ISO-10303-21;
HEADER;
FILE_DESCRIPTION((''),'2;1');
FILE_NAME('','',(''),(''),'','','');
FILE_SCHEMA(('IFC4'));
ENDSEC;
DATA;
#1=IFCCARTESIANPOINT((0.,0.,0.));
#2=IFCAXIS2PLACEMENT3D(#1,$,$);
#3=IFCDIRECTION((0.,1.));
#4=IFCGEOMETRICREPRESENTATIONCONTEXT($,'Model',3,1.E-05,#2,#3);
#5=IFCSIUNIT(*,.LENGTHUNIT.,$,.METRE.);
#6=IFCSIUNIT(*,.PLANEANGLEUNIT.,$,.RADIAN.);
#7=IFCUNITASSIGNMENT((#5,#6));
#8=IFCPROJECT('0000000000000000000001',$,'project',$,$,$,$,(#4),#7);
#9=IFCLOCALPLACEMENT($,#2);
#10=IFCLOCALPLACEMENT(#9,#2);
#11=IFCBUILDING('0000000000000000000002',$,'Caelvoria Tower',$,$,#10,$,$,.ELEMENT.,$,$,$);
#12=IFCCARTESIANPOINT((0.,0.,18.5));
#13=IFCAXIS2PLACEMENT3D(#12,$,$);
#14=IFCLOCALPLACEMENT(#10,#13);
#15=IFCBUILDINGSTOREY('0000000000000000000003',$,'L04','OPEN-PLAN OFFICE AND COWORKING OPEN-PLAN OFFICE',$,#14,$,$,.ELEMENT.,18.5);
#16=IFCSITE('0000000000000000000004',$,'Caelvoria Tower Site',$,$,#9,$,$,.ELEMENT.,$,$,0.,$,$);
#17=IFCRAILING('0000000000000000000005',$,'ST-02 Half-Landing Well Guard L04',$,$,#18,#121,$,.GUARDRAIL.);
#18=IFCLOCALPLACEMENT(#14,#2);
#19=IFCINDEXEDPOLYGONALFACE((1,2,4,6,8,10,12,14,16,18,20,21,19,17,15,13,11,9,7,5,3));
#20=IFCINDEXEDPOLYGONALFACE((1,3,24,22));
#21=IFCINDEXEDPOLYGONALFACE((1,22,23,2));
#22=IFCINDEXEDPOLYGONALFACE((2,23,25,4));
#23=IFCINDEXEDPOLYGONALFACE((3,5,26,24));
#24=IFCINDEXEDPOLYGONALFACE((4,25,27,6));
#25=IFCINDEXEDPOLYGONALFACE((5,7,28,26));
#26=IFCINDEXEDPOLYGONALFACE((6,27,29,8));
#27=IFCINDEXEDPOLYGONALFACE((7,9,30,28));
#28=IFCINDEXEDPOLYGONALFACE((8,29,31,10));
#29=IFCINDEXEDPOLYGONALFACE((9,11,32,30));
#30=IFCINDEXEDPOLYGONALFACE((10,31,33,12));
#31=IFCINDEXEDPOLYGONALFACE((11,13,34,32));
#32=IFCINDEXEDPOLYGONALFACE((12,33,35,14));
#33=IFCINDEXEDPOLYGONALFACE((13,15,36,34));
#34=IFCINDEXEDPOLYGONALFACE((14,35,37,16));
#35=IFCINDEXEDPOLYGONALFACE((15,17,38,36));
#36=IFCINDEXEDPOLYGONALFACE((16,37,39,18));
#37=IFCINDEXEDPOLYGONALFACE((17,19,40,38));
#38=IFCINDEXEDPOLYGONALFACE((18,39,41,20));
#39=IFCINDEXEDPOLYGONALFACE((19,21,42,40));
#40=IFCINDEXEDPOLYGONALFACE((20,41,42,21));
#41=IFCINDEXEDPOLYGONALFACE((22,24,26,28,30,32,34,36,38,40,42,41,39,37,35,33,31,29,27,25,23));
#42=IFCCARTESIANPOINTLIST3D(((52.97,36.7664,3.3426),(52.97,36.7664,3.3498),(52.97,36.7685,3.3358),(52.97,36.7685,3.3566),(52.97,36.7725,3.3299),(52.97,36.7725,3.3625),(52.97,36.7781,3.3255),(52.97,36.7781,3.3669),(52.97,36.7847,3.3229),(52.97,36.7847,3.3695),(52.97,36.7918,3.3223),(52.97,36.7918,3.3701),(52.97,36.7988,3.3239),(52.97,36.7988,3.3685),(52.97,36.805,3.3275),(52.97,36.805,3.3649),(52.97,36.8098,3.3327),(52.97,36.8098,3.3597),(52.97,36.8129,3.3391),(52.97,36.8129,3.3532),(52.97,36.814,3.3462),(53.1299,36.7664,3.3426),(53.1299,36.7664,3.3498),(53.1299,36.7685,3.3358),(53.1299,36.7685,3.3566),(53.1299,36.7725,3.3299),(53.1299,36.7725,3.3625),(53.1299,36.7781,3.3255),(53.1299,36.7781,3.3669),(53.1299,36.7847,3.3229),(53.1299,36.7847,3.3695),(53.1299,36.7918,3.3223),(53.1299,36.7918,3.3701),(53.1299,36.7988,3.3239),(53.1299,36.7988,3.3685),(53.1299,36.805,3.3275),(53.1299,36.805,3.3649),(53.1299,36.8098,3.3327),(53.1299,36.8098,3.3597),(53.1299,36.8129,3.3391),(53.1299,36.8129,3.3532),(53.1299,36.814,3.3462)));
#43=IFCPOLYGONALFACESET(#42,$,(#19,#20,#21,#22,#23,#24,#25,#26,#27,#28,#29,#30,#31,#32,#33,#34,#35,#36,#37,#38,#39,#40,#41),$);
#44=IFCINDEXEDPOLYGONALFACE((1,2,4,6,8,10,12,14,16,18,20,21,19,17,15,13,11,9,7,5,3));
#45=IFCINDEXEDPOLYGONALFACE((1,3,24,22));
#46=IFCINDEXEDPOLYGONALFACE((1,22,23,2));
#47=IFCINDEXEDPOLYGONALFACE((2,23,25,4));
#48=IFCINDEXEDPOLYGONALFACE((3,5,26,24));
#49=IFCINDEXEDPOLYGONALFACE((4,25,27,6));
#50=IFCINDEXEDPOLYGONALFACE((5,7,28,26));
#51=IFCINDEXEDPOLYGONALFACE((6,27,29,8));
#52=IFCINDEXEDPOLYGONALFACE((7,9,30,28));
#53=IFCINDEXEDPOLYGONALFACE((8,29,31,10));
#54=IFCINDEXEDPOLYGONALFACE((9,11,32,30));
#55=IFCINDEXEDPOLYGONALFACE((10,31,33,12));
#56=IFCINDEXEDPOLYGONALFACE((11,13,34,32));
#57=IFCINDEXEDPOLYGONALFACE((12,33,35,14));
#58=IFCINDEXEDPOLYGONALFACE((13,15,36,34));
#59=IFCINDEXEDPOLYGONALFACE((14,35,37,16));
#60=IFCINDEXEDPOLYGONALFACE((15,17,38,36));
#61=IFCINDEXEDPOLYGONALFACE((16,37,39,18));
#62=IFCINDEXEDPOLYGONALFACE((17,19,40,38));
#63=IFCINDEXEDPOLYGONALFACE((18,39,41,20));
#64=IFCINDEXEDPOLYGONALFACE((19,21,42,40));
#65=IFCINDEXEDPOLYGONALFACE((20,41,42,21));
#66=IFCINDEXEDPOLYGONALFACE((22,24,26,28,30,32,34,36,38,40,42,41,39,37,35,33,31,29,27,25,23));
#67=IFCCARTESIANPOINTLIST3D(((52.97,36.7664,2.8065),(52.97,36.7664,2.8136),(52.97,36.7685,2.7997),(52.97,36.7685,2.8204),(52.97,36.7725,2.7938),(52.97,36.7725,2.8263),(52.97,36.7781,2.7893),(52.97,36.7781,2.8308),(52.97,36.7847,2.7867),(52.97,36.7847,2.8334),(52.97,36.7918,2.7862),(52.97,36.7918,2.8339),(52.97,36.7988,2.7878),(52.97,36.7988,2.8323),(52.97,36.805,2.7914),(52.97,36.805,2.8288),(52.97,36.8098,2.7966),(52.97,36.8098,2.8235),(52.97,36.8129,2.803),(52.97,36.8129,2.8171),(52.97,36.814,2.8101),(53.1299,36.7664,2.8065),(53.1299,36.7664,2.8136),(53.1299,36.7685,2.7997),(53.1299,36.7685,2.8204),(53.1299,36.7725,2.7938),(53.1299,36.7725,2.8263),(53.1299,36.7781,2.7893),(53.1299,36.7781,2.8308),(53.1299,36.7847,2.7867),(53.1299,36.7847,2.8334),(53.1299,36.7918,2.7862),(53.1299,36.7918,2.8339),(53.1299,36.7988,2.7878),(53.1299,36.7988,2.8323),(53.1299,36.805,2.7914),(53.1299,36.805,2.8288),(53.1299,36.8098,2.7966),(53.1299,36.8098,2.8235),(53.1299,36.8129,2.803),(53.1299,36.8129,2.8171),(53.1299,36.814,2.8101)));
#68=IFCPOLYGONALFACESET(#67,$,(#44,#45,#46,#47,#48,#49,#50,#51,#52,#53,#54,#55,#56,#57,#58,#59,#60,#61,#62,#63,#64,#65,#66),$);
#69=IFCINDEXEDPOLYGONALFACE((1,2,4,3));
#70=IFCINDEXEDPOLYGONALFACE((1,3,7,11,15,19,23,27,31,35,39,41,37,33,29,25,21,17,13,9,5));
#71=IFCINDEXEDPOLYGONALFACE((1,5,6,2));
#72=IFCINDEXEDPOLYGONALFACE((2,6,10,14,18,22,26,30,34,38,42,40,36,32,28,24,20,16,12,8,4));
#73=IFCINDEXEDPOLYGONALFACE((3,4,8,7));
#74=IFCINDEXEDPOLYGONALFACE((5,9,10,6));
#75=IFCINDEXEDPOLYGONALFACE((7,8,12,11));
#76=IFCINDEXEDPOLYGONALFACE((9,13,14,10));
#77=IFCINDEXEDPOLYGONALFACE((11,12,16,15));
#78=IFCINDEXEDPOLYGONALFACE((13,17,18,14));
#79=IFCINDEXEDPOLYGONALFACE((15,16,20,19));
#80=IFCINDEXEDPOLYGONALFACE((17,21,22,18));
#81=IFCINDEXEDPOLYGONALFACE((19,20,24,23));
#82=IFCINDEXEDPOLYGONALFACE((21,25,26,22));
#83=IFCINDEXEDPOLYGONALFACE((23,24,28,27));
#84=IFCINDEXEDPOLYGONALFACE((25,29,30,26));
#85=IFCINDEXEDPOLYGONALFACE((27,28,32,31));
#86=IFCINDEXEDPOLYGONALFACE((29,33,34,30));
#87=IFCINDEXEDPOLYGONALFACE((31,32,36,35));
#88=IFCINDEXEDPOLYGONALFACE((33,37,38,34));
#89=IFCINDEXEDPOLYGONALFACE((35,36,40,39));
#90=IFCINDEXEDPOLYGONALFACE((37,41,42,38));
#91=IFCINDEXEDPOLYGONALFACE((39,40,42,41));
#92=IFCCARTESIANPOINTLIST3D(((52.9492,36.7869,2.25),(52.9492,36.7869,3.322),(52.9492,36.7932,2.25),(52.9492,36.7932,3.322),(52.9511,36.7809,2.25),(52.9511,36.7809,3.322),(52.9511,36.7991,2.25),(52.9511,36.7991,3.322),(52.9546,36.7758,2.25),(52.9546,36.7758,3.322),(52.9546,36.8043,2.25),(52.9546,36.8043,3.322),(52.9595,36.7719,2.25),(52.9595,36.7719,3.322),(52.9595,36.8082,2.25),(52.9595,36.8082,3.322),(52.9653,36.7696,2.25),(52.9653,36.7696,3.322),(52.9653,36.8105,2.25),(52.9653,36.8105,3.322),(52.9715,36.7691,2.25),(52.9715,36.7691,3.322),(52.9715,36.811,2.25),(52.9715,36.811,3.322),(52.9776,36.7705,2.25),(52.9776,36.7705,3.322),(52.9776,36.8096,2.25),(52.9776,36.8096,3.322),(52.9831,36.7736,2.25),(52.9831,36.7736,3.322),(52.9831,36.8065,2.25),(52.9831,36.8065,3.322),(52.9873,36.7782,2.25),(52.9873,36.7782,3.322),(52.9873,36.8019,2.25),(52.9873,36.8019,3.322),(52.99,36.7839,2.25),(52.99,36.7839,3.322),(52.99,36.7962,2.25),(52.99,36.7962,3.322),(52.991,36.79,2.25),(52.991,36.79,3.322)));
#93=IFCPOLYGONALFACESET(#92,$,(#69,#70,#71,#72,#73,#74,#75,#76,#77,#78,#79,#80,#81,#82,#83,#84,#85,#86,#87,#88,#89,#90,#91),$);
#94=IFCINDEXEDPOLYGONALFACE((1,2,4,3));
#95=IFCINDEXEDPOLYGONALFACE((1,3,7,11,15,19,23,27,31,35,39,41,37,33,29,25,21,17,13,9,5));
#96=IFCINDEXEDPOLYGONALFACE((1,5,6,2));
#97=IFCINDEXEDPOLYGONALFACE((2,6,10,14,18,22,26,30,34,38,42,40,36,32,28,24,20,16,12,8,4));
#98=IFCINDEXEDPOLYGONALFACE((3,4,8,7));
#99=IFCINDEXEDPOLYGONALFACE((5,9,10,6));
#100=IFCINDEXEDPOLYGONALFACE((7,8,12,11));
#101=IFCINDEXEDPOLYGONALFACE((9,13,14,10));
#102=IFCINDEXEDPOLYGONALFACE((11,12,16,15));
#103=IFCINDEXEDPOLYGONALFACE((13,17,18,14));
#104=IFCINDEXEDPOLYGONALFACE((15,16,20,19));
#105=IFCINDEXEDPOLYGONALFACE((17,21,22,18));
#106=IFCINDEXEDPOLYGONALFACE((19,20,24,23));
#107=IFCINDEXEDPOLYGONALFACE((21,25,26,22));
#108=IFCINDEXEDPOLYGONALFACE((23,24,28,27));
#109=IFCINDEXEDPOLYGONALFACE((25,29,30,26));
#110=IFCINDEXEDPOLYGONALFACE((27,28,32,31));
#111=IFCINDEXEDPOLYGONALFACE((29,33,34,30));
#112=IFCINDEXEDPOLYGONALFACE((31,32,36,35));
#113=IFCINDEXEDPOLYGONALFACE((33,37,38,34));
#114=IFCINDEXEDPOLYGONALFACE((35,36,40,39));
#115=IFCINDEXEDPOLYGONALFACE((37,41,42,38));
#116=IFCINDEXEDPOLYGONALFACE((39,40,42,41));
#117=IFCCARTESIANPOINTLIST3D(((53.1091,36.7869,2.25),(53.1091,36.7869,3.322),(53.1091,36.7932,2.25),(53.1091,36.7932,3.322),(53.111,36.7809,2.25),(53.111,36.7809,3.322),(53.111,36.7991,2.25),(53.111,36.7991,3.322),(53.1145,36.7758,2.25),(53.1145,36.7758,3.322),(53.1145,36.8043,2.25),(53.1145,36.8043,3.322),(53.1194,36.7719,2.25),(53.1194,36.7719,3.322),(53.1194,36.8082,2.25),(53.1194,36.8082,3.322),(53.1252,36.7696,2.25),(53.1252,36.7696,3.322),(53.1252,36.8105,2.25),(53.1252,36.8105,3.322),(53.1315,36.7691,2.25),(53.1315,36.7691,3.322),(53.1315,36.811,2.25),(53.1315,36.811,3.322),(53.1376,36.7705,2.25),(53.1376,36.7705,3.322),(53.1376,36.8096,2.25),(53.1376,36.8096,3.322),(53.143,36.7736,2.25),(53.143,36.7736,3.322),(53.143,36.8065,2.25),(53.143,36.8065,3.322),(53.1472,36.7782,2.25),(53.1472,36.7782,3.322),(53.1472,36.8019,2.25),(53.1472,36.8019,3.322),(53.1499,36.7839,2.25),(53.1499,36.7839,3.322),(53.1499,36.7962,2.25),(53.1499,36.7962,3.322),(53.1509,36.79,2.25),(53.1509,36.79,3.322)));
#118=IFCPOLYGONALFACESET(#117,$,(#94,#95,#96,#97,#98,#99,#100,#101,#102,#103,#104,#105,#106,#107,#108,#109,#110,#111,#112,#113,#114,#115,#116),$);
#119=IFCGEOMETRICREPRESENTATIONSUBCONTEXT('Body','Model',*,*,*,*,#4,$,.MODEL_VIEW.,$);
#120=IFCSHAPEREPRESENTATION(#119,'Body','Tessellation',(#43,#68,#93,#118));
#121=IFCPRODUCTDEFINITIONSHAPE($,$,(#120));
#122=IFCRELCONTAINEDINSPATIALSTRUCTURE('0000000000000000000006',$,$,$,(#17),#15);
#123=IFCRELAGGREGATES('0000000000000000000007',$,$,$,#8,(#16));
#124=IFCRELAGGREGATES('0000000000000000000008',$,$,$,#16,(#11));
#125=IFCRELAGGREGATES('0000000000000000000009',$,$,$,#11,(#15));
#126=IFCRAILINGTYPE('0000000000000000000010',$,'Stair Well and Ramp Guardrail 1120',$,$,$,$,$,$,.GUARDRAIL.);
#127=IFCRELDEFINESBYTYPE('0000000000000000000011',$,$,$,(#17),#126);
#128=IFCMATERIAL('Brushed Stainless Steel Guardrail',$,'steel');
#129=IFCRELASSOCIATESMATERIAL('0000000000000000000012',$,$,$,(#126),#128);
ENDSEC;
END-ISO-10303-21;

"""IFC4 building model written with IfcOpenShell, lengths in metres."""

from ifc_helpers import new_model, si_unit, direction, frame, origin, origin_2d, place, context, subcontext, project, spatial, circle, extrude, material, type_object, element, save


model = new_model("IFC4")

# Units and contexts
model_context = context("Model", 3, precision=1e-05, world=origin(), true_north=direction((0.0, 1.0)))
body_context = subcontext(model_context, "Body", "Model", "MODEL_VIEW")
ifc_project = project(units=[si_unit("LENGTHUNIT", "METRE"), si_unit("PLANEANGLEUNIT", "RADIAN")], contexts=[model_context])

# Site, building, storey
site_placement = place(None, origin())
site = spatial("IfcSite", under=ifc_project, at=site_placement, Name="Caelvoria Tower Site", CompositionType="ELEMENT", RefElevation=0.0)
building_placement = place(site_placement, origin())
building = spatial("IfcBuilding", under=site, at=building_placement, Name="Caelvoria Tower", CompositionType="ELEMENT")
storey_placement = place(building_placement, frame((0.0, 0.0, 18.5)))
storey = spatial("IfcBuildingStorey", under=building, at=storey_placement, Name="L04", Description="OPEN-PLAN OFFICE AND COWORKING OPEN-PLAN OFFICE", CompositionType="ELEMENT", Elevation=18.5)

# Railing
ifc_material_1 = material(Name="Brushed Stainless Steel Guardrail", Category="steel")
railing_type_1 = type_object("IfcRailingType", Name="Stair Well and Ramp Guardrail 1120", PredefinedType="GUARDRAIL", material=ifc_material_1)
railing_1_placement = place(storey_placement, frame((52.97, 36.79, 2.25)))
element("IfcRailing", 1, at=railing_1_placement, inside=storey, type_object=railing_type_1, Name="ST-02 Half-Landing Well Guard L04", PredefinedType="GUARDRAIL", context=body_context, shape_type="SweptSolid", body=[
    extrude(circle(Radius=0.0239, at=origin_2d()), frame((0.0, 0.0, 1.0962), z_axis=(1.0, 0.0, 0.0), x_axis=(0.0, 1.0, 0.0)), (0.0, 0.0, 1.0), 0.1599),
    extrude(circle(Radius=0.0239, at=origin_2d()), frame((0.0, 0.0, 0.5601), z_axis=(1.0, 0.0, 0.0), x_axis=(0.0, 1.0, 0.0)), (0.0, 0.0, 1.0), 0.1599),
    extrude(circle(Radius=0.021, at=origin_2d()), origin(), (0.0, 0.0, 1.0), 1.072),
    extrude(circle(Radius=0.021, at=origin_2d()), frame((0.1599, 0.0, 0.0)), (0.0, 0.0, 1.0), 1.072),
])

save(model, "model.ifc")
